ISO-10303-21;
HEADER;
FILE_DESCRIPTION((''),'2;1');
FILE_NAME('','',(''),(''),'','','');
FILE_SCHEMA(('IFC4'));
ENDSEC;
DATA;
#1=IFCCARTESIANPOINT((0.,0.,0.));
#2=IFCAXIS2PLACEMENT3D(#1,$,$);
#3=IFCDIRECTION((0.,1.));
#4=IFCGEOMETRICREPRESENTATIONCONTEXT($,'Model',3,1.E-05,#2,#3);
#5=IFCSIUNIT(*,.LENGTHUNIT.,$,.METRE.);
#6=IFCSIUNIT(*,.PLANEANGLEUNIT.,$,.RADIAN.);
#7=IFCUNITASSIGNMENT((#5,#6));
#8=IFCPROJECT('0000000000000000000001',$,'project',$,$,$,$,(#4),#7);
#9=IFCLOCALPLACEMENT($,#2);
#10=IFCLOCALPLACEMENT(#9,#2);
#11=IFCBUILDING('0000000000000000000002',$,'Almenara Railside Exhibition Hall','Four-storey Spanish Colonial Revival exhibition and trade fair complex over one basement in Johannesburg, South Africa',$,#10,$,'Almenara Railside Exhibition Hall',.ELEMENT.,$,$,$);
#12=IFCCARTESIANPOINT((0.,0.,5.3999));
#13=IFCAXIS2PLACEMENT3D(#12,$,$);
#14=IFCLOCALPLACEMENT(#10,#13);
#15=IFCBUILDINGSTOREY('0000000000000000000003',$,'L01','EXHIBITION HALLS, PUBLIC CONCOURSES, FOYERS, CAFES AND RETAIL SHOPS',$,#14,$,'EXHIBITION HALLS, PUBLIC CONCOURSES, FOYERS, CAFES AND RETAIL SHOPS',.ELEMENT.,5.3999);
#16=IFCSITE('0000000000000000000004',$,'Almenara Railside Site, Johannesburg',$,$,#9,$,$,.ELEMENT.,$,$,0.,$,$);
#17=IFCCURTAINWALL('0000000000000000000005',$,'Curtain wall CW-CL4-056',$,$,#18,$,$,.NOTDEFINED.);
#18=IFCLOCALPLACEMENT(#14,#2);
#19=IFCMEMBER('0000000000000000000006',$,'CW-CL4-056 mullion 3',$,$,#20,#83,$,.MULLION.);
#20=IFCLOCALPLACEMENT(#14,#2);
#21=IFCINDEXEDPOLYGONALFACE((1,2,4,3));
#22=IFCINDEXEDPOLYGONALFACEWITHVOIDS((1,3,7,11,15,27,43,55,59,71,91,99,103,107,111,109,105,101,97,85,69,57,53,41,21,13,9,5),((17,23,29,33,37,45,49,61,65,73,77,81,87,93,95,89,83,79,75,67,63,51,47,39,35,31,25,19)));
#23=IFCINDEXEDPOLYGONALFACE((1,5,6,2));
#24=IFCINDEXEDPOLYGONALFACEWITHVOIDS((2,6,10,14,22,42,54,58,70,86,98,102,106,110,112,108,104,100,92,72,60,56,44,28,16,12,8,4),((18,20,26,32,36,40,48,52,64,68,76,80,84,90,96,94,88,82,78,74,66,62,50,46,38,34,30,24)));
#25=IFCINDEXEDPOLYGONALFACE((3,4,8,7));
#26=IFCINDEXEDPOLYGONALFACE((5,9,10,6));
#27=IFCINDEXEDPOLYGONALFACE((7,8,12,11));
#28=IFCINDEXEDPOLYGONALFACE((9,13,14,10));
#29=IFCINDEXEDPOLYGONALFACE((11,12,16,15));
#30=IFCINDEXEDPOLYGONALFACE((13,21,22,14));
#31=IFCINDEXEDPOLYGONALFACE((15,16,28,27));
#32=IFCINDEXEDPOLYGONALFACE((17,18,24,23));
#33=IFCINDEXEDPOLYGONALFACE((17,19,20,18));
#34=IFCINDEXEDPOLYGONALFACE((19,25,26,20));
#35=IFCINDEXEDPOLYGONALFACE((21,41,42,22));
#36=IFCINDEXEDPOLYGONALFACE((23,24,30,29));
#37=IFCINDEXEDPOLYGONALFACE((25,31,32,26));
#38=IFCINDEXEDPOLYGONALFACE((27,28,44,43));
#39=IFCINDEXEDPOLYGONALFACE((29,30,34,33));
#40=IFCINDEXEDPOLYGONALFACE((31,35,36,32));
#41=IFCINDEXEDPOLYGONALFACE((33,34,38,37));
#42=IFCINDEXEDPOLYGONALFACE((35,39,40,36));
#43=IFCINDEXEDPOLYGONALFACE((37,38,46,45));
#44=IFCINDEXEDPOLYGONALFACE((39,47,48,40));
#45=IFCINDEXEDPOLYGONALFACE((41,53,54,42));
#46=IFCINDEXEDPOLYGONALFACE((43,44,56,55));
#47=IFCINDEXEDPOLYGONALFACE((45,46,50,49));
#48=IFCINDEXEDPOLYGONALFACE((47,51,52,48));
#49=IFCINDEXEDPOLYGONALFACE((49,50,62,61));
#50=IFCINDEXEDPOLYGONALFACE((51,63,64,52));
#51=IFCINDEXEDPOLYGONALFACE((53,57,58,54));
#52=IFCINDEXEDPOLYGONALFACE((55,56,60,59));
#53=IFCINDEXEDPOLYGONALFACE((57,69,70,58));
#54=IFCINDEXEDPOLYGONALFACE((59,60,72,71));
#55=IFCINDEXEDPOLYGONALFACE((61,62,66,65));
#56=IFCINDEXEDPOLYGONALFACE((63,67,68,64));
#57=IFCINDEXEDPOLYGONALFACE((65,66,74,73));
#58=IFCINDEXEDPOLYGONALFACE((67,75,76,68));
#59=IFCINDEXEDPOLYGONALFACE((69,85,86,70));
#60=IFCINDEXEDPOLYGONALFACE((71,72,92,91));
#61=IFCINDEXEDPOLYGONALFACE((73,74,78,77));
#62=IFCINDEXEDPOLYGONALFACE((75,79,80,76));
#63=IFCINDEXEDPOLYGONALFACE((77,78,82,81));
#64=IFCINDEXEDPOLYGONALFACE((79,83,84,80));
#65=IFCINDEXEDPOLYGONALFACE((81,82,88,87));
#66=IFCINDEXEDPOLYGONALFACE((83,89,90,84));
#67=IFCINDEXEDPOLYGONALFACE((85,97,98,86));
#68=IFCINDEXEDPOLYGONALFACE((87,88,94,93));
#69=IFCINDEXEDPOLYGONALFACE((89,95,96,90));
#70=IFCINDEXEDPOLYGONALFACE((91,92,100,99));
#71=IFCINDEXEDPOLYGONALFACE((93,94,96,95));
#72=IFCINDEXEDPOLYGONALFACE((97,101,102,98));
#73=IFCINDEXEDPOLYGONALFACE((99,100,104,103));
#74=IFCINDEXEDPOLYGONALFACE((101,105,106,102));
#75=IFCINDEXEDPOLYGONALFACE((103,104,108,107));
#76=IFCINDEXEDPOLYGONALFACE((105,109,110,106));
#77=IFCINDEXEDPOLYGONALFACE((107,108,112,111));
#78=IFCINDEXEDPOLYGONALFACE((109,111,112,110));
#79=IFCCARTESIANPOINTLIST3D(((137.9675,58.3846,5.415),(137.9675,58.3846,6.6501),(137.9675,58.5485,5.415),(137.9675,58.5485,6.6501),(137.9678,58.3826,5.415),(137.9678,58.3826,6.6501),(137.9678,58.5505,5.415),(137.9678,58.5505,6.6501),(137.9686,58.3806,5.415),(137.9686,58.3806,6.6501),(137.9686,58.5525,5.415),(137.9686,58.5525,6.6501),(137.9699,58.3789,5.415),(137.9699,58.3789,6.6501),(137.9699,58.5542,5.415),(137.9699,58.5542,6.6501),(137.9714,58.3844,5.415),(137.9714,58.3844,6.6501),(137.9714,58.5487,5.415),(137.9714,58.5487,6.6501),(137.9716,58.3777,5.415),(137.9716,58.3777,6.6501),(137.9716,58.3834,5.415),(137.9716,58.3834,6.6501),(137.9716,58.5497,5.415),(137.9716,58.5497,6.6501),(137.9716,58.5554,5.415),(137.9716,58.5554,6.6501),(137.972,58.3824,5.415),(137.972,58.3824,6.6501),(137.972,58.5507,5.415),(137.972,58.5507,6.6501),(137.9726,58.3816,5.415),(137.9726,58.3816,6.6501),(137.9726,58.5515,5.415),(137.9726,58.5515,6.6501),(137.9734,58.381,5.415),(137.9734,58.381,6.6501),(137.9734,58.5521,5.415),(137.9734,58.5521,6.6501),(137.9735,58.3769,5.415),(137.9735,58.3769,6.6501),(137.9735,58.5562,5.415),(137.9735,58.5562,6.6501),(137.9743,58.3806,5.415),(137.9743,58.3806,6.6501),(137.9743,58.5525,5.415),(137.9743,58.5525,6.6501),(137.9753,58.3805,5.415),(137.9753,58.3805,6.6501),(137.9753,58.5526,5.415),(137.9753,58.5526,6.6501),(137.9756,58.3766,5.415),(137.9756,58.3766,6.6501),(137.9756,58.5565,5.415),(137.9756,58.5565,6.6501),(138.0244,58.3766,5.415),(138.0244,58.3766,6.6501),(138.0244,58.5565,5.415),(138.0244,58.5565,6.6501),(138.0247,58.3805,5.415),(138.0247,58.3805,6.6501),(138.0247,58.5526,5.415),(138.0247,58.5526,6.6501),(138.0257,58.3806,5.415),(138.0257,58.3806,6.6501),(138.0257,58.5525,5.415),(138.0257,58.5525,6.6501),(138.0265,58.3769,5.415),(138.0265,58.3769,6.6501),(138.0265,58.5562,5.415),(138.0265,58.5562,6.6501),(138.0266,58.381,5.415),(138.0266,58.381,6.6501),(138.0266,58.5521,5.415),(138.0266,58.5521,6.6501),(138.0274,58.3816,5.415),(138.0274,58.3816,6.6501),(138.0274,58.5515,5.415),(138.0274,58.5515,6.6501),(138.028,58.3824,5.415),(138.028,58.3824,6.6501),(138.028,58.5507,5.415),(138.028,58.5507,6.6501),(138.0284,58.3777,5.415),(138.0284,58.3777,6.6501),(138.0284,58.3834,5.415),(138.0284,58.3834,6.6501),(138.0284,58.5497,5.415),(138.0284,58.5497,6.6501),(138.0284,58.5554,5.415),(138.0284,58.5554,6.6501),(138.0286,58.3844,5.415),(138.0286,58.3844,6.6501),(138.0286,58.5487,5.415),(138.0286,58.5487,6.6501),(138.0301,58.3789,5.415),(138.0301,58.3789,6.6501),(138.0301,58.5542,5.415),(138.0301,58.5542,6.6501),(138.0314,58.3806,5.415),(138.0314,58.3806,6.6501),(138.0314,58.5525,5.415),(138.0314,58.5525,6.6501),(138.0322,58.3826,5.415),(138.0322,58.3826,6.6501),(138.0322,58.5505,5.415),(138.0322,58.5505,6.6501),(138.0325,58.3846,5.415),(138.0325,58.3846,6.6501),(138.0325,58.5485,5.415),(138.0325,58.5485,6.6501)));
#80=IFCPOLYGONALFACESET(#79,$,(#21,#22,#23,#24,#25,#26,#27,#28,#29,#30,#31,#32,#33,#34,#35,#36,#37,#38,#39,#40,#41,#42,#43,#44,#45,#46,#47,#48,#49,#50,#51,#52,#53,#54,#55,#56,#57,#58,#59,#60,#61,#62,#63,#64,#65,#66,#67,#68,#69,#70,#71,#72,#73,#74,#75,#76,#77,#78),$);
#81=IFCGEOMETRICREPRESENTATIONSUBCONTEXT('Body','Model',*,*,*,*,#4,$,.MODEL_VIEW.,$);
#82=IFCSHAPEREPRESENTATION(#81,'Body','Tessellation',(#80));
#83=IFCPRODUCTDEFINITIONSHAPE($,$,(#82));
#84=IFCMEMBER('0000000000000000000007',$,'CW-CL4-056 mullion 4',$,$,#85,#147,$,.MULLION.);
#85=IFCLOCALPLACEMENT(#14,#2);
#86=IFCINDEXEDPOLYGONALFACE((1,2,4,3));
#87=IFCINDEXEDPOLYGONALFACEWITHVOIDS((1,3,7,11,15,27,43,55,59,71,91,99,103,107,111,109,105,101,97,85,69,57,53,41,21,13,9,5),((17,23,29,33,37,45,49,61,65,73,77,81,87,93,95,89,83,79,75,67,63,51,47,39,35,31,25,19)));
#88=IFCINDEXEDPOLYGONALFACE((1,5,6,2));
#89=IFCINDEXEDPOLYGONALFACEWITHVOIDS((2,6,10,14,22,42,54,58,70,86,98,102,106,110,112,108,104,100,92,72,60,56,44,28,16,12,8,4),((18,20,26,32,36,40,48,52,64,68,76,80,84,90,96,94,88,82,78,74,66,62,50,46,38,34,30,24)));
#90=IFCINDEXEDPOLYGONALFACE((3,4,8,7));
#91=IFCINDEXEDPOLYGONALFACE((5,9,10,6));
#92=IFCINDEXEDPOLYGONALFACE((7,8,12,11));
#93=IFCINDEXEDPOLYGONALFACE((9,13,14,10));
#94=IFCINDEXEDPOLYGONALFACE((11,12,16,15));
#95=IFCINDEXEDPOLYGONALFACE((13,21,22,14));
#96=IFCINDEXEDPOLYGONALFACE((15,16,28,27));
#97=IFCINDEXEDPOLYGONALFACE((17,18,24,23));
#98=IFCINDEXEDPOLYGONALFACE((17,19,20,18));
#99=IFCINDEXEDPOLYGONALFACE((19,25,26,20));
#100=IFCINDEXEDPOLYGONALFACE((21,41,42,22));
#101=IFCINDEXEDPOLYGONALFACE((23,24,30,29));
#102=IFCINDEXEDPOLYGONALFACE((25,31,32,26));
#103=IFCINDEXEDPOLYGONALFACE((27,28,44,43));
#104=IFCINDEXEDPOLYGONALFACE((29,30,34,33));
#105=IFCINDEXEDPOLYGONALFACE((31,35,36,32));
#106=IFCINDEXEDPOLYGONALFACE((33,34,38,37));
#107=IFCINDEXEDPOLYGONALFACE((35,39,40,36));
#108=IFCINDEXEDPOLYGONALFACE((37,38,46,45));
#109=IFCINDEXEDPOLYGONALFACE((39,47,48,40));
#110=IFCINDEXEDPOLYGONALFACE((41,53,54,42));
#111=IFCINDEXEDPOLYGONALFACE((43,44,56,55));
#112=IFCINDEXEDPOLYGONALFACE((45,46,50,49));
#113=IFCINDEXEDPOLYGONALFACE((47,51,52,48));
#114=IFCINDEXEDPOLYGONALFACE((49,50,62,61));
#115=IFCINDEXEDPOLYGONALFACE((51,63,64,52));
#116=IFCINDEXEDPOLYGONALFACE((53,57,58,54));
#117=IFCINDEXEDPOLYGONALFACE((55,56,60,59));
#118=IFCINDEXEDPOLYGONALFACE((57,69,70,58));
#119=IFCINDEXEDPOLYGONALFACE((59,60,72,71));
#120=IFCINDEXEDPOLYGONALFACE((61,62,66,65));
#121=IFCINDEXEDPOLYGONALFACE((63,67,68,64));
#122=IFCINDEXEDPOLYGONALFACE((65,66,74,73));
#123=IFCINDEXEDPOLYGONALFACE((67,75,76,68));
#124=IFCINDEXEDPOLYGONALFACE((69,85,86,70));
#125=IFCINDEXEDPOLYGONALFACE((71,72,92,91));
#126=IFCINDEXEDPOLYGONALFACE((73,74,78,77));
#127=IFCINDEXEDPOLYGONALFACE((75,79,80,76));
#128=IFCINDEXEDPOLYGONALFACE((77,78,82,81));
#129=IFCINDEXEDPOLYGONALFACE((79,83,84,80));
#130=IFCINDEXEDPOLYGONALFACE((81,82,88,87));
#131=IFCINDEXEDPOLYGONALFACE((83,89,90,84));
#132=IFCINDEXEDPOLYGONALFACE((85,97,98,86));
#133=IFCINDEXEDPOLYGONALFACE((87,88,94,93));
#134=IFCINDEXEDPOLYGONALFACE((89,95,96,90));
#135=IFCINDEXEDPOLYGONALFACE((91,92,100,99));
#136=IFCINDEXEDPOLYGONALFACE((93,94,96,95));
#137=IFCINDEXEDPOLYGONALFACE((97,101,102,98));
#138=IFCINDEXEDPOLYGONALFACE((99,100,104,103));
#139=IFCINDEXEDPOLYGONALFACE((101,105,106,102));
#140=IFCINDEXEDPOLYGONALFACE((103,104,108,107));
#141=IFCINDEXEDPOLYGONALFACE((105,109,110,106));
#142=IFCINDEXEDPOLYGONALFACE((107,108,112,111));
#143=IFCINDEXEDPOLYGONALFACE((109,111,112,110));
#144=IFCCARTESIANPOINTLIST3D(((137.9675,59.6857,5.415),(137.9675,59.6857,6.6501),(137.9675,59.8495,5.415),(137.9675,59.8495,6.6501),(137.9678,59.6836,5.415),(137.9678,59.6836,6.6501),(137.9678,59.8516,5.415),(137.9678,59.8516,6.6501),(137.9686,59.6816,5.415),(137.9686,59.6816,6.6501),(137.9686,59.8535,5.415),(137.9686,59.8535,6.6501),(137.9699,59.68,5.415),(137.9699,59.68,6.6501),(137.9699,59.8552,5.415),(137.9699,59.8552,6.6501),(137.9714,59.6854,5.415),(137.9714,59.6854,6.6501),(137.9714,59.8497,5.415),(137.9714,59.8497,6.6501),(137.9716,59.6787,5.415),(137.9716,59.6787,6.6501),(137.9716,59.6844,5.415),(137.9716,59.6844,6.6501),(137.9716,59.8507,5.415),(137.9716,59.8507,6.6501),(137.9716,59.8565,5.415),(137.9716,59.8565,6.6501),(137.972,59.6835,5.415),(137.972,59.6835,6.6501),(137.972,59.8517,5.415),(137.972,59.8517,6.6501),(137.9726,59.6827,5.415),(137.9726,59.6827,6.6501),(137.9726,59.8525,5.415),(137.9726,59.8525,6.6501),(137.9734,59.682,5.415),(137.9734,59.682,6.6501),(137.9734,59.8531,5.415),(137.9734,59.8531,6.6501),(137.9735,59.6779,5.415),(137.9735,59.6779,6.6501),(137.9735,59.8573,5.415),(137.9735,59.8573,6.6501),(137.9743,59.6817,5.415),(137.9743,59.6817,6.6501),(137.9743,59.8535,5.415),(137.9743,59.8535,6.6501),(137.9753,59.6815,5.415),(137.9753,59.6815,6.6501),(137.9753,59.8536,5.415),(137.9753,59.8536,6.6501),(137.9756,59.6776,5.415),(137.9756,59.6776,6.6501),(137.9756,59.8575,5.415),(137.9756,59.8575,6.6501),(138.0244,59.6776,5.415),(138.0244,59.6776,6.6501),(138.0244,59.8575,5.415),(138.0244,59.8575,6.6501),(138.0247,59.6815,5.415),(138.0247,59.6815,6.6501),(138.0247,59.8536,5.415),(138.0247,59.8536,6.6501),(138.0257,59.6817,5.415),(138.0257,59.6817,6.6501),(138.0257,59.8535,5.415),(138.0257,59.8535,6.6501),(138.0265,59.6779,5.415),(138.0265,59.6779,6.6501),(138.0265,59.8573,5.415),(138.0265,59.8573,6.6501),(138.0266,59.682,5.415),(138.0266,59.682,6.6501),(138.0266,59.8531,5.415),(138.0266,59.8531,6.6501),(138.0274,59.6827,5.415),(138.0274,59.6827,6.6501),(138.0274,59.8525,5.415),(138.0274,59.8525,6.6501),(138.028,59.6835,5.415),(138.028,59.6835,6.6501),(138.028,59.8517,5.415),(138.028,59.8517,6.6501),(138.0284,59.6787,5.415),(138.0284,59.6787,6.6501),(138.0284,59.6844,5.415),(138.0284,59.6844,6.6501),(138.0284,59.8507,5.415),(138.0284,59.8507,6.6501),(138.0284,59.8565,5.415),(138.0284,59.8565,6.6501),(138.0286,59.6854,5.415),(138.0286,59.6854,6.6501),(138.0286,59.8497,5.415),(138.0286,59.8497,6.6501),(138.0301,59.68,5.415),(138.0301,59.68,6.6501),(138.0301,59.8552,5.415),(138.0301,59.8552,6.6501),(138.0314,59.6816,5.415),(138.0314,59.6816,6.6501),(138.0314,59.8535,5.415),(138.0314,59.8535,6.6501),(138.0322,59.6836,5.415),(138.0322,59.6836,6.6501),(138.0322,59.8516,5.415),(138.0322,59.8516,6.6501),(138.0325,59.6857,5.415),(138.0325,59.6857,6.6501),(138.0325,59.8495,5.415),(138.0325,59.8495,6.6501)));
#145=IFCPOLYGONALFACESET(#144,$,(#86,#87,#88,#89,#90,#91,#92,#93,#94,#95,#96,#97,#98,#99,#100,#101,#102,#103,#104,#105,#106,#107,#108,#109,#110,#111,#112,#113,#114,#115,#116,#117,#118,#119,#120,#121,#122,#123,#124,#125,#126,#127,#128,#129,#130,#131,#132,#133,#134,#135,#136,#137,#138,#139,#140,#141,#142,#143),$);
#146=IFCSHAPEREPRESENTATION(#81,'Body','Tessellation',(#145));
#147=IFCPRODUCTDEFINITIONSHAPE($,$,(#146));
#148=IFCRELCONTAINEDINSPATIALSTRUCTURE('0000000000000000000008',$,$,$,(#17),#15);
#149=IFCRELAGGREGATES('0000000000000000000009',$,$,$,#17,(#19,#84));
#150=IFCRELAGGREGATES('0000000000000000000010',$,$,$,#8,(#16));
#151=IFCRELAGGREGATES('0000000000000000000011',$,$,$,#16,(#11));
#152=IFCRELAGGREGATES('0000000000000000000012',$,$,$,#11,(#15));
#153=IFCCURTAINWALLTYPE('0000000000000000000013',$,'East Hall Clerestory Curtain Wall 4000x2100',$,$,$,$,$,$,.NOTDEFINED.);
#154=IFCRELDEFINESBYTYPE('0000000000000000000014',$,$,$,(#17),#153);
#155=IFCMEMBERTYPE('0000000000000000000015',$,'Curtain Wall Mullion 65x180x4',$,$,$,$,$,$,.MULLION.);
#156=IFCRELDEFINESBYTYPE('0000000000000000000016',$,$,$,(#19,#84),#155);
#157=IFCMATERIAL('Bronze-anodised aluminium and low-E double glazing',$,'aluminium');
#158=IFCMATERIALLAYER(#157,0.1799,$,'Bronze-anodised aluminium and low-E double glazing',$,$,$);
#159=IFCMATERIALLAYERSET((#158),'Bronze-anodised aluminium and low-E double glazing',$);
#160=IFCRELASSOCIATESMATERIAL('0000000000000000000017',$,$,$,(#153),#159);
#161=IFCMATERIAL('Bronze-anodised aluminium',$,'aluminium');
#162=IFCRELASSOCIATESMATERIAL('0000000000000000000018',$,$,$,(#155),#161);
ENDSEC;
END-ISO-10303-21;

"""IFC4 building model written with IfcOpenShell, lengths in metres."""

from ifc_helpers import new_model, si_unit, direction, frame, origin, origin_2d, place, context, subcontext, project, spatial, hollow_rectangle, extrude, material, layer, layer_set, material_profile, profile_set, type_object, element, aggregate, save


model = new_model("IFC4")

# Units and contexts
model_context = context("Model", 3, precision=1e-05, world=origin(), true_north=direction((0.0, 1.0)))
body_context = subcontext(model_context, "Body", "Model", "MODEL_VIEW")
ifc_project = project(units=[si_unit("LENGTHUNIT", "METRE"), si_unit("PLANEANGLEUNIT", "RADIAN")], contexts=[model_context])

# Site, building, storey
site_placement = place(None, origin())
site = spatial("IfcSite", under=ifc_project, at=site_placement, Name="Almenara Railside Site, Johannesburg", CompositionType="ELEMENT", RefElevation=0.0)
building_placement = place(site_placement, origin())
building = spatial("IfcBuilding", under=site, at=building_placement, Name="Almenara Railside Exhibition Hall", Description="Four-storey Spanish Colonial Revival exhibition and trade fair complex over one basement in Johannesburg, South Africa", LongName="Almenara Railside Exhibition Hall", CompositionType="ELEMENT")
storey_placement = place(building_placement, frame((0.0, 0.0, 5.3999)))
storey = spatial("IfcBuildingStorey", under=building, at=storey_placement, Name="L01", Description="EXHIBITION HALLS, PUBLIC CONCOURSES, FOYERS, CAFES AND RETAIL SHOPS", LongName="EXHIBITION HALLS, PUBLIC CONCOURSES, FOYERS, CAFES AND RETAIL SHOPS", CompositionType="ELEMENT", Elevation=5.3999)

# Curtain wall, members
ifc_material_1 = material(Name="Bronze-anodised aluminium and low-E double glazing", Category="aluminium")
ifc_layer_1 = layer(ifc_material_1, 0.1799, Name="Bronze-anodised aluminium and low-E double glazing")
ifc_layer_set_1 = layer_set([ifc_layer_1], Name="Bronze-anodised aluminium and low-E double glazing")
curtain_wall_type = type_object("IfcCurtainWallType", Name="East Hall Clerestory Curtain Wall 4000x2100", PredefinedType="NOTDEFINED", material=ifc_layer_set_1)
curtain_wall_1_placement = place(storey_placement, origin())
curtain_wall_1 = element("IfcCurtainWall", 1, at=curtain_wall_1_placement, inside=storey, type_object=curtain_wall_type, Name="Curtain wall CW-CL4-056", PredefinedType="NOTDEFINED")
ifc_material_2 = material(Name="Bronze-anodised aluminium", Category="aluminium")
ifc_material_profile_1 = material_profile(ifc_material_2, hollow_rectangle(XDim=0.0649, YDim=0.1799, WallThickness=0.0039, InnerFilletRadius=0.0039, OuterFilletRadius=0.0081, at=origin_2d()), Name="ALU-MUL 65x180x4")
ifc_profile_set_1 = profile_set([ifc_material_profile_1], Name="Bronze-anodised aluminium")
member_type_1 = type_object("IfcMemberType", Name="Curtain Wall Mullion 65x180x4", PredefinedType="MULLION", material=ifc_profile_set_1)
member_1_placement = place(storey_placement, frame((138.0, 58.4666, 5.415), z_axis=(0.0, 0.0, 1.0), x_axis=(-1.0, 0.0, 0.0)))
member_1 = element("IfcMember", 2, at=member_1_placement, type_object=member_type_1, Name="CW-CL4-056 mullion 3", PredefinedType="MULLION", context=body_context, shape_type="SweptSolid", body=[
    extrude(hollow_rectangle(XDim=0.0649, YDim=0.1799, WallThickness=0.0039, InnerFilletRadius=0.0039, OuterFilletRadius=0.0081, at=origin_2d()), origin(), (0.0, 0.0, 1.0), 1.2351),
])
member_2_placement = place(storey_placement, frame((138.0, 59.7676, 5.415), z_axis=(0.0, 0.0, 1.0), x_axis=(-1.0, 0.0, 0.0)))
member_2 = element("IfcMember", 3, at=member_2_placement, type_object=member_type_1, Name="CW-CL4-056 mullion 4", PredefinedType="MULLION", context=body_context, shape_type="SweptSolid", body=[
    extrude(hollow_rectangle(XDim=0.0649, YDim=0.1799, WallThickness=0.0039, InnerFilletRadius=0.0039, OuterFilletRadius=0.0081, at=origin_2d()), origin(), (0.0, 0.0, 1.0), 1.2351),
])

aggregate(curtain_wall_1, [member_1, member_2])

save(model, "model.ifc")
